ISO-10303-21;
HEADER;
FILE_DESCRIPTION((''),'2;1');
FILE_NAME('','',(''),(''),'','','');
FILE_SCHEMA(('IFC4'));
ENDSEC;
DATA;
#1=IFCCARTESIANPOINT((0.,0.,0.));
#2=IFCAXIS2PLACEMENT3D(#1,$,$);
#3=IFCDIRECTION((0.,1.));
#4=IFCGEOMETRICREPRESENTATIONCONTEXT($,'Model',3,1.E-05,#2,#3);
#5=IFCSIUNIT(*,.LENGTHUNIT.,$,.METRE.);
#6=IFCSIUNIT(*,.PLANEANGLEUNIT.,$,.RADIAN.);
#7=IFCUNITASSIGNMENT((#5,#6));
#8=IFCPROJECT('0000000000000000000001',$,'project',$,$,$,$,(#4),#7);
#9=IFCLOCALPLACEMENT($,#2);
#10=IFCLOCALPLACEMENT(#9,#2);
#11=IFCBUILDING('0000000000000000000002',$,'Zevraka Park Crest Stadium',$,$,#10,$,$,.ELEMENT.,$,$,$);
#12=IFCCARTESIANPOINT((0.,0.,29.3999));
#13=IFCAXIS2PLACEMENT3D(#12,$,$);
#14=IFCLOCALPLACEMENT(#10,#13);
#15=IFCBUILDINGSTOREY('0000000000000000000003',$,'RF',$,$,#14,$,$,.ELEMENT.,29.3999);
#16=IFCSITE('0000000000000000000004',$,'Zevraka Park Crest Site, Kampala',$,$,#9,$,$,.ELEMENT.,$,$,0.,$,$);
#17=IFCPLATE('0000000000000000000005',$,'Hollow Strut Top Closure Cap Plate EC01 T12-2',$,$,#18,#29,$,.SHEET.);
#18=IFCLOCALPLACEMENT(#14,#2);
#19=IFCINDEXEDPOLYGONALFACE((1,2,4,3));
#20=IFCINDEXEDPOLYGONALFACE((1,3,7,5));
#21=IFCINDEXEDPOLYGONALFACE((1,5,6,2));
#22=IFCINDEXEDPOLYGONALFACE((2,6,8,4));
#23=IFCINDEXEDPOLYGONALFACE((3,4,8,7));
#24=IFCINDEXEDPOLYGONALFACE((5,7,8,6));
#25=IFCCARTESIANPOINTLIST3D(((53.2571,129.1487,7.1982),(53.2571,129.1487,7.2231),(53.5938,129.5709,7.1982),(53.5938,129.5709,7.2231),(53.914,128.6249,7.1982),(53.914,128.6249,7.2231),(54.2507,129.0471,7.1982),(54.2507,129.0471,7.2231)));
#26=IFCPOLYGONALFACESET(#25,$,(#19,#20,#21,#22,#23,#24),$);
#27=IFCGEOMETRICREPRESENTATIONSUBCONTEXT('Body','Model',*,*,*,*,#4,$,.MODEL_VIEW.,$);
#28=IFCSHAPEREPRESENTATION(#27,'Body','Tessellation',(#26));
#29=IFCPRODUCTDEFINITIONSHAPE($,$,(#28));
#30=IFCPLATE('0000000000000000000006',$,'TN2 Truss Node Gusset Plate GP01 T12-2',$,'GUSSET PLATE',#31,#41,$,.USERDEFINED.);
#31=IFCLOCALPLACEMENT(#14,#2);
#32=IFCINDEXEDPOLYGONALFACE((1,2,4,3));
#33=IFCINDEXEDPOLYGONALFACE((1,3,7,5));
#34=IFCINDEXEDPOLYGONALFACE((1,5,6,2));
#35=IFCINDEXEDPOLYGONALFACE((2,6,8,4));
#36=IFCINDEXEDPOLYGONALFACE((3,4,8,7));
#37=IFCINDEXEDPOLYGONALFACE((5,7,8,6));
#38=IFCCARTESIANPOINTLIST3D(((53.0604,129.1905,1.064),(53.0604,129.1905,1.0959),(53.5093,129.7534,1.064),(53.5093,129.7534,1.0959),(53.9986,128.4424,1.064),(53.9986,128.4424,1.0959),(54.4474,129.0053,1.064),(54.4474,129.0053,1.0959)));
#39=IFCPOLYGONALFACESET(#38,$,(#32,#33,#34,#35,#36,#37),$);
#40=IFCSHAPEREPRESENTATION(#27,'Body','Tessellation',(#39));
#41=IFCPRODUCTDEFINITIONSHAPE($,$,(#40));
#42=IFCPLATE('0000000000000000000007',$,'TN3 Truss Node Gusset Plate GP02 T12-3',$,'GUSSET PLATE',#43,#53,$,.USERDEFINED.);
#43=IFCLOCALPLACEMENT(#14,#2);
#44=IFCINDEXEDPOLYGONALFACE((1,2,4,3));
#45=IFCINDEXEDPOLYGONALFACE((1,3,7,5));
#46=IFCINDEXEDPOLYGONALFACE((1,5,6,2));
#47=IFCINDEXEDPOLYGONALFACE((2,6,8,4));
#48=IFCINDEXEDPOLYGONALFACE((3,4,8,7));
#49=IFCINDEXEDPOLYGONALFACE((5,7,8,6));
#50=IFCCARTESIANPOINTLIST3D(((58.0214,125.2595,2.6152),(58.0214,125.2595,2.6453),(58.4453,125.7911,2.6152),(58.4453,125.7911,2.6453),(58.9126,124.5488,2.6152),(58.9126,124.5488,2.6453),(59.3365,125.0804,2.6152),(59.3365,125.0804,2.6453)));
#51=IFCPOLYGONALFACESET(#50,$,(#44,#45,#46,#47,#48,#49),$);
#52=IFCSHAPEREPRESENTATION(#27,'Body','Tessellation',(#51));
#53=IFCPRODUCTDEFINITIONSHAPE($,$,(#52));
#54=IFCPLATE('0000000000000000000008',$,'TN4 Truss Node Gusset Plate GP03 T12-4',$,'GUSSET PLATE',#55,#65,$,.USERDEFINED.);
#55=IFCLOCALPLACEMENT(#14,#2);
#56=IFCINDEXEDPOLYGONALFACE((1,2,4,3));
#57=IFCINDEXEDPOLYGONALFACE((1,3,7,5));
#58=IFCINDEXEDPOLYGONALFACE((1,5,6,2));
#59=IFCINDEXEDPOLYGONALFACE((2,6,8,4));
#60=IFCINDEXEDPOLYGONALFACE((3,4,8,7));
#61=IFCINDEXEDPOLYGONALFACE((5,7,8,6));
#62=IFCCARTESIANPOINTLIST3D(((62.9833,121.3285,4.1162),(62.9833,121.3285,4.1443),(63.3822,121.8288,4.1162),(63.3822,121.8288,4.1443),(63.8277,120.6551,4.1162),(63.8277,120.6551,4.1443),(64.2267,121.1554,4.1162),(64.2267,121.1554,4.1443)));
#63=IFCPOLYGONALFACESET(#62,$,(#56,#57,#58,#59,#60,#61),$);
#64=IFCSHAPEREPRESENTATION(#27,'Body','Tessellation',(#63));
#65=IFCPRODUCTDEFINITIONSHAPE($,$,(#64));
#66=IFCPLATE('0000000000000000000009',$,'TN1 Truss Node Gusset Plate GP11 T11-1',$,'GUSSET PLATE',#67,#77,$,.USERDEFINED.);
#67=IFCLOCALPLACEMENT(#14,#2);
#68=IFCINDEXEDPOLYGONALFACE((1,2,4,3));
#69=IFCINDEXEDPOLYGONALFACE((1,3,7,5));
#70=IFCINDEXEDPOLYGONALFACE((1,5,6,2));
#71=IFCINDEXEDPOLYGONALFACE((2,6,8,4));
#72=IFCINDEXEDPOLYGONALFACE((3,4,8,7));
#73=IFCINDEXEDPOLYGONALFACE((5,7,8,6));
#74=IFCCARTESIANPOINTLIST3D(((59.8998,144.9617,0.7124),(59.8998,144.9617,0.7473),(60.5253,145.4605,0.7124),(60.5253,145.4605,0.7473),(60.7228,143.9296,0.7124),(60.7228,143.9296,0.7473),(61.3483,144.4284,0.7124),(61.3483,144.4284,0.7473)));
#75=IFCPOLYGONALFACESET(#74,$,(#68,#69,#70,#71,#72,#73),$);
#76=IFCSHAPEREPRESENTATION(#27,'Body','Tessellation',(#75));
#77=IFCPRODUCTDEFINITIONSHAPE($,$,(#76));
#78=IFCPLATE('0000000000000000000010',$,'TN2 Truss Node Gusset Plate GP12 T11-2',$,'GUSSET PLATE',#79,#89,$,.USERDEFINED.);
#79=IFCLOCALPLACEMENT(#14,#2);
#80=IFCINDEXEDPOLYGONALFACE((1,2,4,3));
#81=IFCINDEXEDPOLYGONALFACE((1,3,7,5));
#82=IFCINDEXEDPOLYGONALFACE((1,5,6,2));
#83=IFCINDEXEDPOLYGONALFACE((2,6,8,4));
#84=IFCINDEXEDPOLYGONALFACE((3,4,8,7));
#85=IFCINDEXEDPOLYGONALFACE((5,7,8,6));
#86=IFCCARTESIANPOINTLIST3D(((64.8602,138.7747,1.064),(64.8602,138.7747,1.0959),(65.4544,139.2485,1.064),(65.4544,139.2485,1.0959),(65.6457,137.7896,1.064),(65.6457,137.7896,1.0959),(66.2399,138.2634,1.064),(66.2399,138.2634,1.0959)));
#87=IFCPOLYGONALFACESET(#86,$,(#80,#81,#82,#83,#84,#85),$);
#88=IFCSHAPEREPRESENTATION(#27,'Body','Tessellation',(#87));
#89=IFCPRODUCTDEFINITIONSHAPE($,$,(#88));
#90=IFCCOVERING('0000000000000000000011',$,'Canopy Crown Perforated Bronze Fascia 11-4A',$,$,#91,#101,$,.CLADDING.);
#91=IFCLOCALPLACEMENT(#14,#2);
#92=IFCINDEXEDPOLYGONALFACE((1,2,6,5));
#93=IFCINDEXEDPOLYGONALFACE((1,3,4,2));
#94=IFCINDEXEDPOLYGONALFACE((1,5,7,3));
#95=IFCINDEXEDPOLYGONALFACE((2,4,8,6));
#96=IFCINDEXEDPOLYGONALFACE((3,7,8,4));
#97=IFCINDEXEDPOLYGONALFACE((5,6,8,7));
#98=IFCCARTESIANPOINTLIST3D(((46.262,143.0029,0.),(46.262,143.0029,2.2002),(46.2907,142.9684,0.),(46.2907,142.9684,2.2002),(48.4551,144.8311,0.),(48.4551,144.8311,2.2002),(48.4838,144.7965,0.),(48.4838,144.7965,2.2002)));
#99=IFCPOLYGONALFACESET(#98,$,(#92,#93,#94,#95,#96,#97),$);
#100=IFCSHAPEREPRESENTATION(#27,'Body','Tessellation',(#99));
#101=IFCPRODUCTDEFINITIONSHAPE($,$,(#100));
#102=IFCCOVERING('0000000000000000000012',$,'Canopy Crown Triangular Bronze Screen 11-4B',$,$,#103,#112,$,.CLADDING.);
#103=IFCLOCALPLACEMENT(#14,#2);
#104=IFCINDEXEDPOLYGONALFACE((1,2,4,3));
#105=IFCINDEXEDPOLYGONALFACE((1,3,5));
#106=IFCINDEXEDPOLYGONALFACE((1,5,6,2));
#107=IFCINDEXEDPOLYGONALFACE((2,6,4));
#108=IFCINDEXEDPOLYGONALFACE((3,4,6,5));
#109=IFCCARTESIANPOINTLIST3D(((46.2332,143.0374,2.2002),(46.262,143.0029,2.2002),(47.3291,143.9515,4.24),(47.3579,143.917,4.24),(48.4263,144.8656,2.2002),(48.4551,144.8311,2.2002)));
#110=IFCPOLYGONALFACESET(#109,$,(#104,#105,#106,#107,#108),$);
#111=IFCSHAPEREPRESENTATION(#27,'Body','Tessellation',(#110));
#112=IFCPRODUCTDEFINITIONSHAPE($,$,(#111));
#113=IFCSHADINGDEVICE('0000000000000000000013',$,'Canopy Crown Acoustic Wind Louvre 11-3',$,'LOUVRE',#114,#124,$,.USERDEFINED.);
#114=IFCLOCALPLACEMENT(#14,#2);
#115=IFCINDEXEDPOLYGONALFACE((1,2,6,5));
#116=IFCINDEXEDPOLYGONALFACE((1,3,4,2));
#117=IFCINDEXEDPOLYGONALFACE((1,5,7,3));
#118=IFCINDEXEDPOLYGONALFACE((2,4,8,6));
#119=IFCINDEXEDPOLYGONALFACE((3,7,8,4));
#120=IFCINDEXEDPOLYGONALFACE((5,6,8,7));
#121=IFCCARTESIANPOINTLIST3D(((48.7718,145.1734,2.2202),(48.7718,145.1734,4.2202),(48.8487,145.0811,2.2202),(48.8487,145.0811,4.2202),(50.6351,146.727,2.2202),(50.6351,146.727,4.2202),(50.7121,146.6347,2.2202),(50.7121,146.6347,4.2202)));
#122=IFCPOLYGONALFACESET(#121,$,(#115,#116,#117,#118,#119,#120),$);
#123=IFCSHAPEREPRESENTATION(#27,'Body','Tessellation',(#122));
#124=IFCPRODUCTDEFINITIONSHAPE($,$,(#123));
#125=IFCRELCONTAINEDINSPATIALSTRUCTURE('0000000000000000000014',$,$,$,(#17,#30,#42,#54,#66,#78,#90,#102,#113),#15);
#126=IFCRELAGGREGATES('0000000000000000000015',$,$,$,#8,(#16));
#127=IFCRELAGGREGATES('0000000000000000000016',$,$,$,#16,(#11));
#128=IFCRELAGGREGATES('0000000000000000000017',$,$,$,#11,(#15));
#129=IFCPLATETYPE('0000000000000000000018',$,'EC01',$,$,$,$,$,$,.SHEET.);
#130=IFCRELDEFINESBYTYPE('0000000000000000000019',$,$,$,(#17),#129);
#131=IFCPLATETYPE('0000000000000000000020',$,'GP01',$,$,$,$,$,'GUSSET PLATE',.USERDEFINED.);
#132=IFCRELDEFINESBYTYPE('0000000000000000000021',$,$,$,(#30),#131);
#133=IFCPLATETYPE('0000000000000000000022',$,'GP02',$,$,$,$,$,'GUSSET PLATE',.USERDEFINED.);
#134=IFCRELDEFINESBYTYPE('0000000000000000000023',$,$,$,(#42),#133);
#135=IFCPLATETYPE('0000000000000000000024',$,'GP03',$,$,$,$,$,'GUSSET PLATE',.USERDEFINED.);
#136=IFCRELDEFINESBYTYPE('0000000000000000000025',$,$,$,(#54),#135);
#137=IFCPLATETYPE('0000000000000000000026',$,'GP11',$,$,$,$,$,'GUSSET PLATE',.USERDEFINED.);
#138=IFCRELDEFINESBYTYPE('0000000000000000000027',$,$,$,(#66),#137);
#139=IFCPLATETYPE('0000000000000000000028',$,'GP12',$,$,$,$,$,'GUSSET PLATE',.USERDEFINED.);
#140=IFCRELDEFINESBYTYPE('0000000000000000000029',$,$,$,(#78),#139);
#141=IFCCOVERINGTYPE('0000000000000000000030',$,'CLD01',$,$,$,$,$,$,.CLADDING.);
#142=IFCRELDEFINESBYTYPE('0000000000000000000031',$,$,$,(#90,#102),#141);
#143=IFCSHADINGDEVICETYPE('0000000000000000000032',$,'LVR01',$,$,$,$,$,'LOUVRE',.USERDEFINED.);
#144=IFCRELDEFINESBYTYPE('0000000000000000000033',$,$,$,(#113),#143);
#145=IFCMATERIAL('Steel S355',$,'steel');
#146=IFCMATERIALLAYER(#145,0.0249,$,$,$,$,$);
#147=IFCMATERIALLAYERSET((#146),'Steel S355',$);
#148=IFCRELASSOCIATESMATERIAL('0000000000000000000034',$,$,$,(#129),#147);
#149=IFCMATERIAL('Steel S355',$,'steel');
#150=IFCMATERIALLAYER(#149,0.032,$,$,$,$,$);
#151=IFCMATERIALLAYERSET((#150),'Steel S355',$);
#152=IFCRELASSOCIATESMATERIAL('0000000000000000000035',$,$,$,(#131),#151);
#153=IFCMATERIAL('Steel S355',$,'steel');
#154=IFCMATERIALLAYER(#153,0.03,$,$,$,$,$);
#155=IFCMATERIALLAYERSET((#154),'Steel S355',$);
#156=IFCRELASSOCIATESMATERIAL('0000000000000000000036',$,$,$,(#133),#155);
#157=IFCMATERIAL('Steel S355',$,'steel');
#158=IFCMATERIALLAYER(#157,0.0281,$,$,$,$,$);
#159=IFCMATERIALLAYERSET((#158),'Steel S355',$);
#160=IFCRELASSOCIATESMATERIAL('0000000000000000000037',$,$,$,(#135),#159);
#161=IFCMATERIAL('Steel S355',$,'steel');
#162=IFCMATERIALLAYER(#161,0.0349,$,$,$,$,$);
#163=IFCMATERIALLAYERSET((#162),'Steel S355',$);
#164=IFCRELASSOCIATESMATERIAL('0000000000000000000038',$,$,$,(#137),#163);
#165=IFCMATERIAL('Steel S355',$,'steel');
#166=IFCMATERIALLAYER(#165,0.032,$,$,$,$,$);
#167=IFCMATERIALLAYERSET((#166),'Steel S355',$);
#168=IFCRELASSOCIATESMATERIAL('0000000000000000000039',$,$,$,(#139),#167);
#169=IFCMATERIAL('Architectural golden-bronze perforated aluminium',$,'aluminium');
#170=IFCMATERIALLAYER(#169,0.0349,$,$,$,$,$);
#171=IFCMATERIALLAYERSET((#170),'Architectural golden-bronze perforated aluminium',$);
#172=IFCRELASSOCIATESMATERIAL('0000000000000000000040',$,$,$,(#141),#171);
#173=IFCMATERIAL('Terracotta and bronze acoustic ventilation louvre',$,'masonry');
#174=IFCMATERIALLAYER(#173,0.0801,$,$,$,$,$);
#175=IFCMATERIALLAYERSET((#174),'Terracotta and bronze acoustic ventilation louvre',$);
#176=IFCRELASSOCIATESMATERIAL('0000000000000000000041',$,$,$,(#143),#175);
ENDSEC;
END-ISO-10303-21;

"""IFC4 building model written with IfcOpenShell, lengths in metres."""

from ifc_helpers import new_model, si_unit, direction, frame, origin, origin_2d, place, context, subcontext, project, spatial, polyline, rectangle, outline, extrude, material, layer, layer_set, type_object, element, save


model = new_model("IFC4")

# Units and contexts
model_context = context("Model", 3, precision=1e-05, world=origin(), true_north=direction((0.0, 1.0)))
body_context = subcontext(model_context, "Body", "Model", "MODEL_VIEW")
ifc_project = project(units=[si_unit("LENGTHUNIT", "METRE"), si_unit("PLANEANGLEUNIT", "RADIAN")], contexts=[model_context])

# Site, building, storey
site_placement = place(None, origin())
site = spatial("IfcSite", under=ifc_project, at=site_placement, Name="Zevraka Park Crest Site, Kampala", CompositionType="ELEMENT", RefElevation=0.0)
building_placement = place(site_placement, origin())
building = spatial("IfcBuilding", under=site, at=building_placement, Name="Zevraka Park Crest Stadium", CompositionType="ELEMENT")
storey_placement = place(building_placement, frame((0.0, 0.0, 29.3999)))
storey = spatial("IfcBuildingStorey", under=building, at=storey_placement, Name="RF", CompositionType="ELEMENT", Elevation=29.3999)

# Plates
ifc_material_1 = material(Name="Steel S355", Category="steel")
ifc_layer_1 = layer(ifc_material_1, 0.0249)
ifc_layer_set_1 = layer_set([ifc_layer_1], Name="Steel S355")
plate_type_1 = type_object("IfcPlateType", Name="EC01", PredefinedType="SHEET", material=ifc_layer_set_1)
for number, where, z_axis, x_axis, name in (
    (1, (53.7539, 129.0979, 7.1982), (0.0, 0.0, 1.0), (-0.781847, 0.62347, 0.0), "Hollow Strut Top Closure Cap Plate EC01 T12-2"),
):
    element("IfcPlate", number, at=place(storey_placement, frame(where, z_axis=z_axis, x_axis=x_axis)), inside=storey, type_object=plate_type_1, Name=name, PredefinedType="SHEET", context=body_context, shape_type="SweptSolid", body=[
        extrude(rectangle(XDim=0.8401, YDim=0.54, at=origin_2d()), origin(), (0.0, 0.0, 1.0), 0.0249),
    ])
ifc_material_2 = material(Name="Steel S355", Category="steel")
ifc_layer_2 = layer(ifc_material_2, 0.032)
ifc_layer_set_2 = layer_set([ifc_layer_2], Name="Steel S355")
plate_type_2 = type_object("IfcPlateType", Name="GP01", ElementType="GUSSET PLATE", PredefinedType="USERDEFINED", material=ifc_layer_set_2)
plate_1_placement = place(storey_placement, frame((53.7539, 129.0979, 1.064), z_axis=(0.0, 0.0, 1.0), x_axis=(-0.781847, 0.62347, 0.0)))
element("IfcPlate", 2, at=plate_1_placement, inside=storey, type_object=plate_type_2, Name="TN2 Truss Node Gusset Plate GP01 T12-2", ObjectType="GUSSET PLATE", PredefinedType="USERDEFINED", context=body_context, shape_type="SweptSolid", body=[
    extrude(rectangle(XDim=1.2, YDim=0.72, at=origin_2d()), origin(), (0.0, 0.0, 1.0), 0.032),
])
ifc_material_3 = material(Name="Steel S355", Category="steel")
ifc_layer_3 = layer(ifc_material_3, 0.03)
ifc_layer_set_3 = layer_set([ifc_layer_3], Name="Steel S355")
plate_type_3 = type_object("IfcPlateType", Name="GP02", ElementType="GUSSET PLATE", PredefinedType="USERDEFINED", material=ifc_layer_set_3)
plate_2_placement = place(storey_placement, frame((58.679, 125.1699, 2.6152), z_axis=(0.0, 0.0, 1.0), x_axis=(-0.781847, 0.62347, 0.0)))
element("IfcPlate", 3, at=plate_2_placement, inside=storey, type_object=plate_type_3, Name="TN3 Truss Node Gusset Plate GP02 T12-3", ObjectType="GUSSET PLATE", PredefinedType="USERDEFINED", context=body_context, shape_type="SweptSolid", body=[
    extrude(rectangle(XDim=1.1399, YDim=0.6799, at=origin_2d()), origin(), (0.0, 0.0, 1.0), 0.03),
])
ifc_material_4 = material(Name="Steel S355", Category="steel")
ifc_layer_4 = layer(ifc_material_4, 0.0281)
ifc_layer_set_4 = layer_set([ifc_layer_4], Name="Steel S355")
plate_type_4 = type_object("IfcPlateType", Name="GP03", ElementType="GUSSET PLATE", PredefinedType="USERDEFINED", material=ifc_layer_set_4)
plate_3_placement = place(storey_placement, frame((63.605, 121.2419, 4.1162), z_axis=(0.0, 0.0, 1.0), x_axis=(-0.781847, 0.62347, 0.0)))
element("IfcPlate", 4, at=plate_3_placement, inside=storey, type_object=plate_type_4, Name="TN4 Truss Node Gusset Plate GP03 T12-4", ObjectType="GUSSET PLATE", PredefinedType="USERDEFINED", context=body_context, shape_type="SweptSolid", body=[
    extrude(rectangle(XDim=1.0801, YDim=0.6399, at=origin_2d()), origin(), (0.0, 0.0, 1.0), 0.0281),
])
ifc_material_5 = material(Name="Steel S355", Category="steel")
ifc_layer_5 = layer(ifc_material_5, 0.0349)
ifc_layer_set_5 = layer_set([ifc_layer_5], Name="Steel S355")
plate_type_5 = type_object("IfcPlateType", Name="GP11", ElementType="GUSSET PLATE", PredefinedType="USERDEFINED", material=ifc_layer_set_5)
plate_4_placement = place(storey_placement, frame((60.624, 144.6951, 0.7124), z_axis=(0.0, 0.0, 1.0), x_axis=(-0.62347, 0.781847, 0.0)))
element("IfcPlate", 5, at=plate_4_placement, inside=storey, type_object=plate_type_5, Name="TN1 Truss Node Gusset Plate GP11 T11-1", ObjectType="GUSSET PLATE", PredefinedType="USERDEFINED", context=body_context, shape_type="SweptSolid", body=[
    extrude(rectangle(XDim=1.3201, YDim=0.8, at=origin_2d()), origin(), (0.0, 0.0, 1.0), 0.0349),
])
ifc_material_6 = material(Name="Steel S355", Category="steel")
ifc_layer_6 = layer(ifc_material_6, 0.032)
ifc_layer_set_6 = layer_set([ifc_layer_6], Name="Steel S355")
plate_type_6 = type_object("IfcPlateType", Name="GP12", ElementType="GUSSET PLATE", PredefinedType="USERDEFINED", material=ifc_layer_set_6)
plate_5_placement = place(storey_placement, frame((65.55, 138.519, 1.064), z_axis=(0.0, 0.0, 1.0), x_axis=(-0.62347, 0.781847, 0.0)))
element("IfcPlate", 6, at=plate_5_placement, inside=storey, type_object=plate_type_6, Name="TN2 Truss Node Gusset Plate GP12 T11-2", ObjectType="GUSSET PLATE", PredefinedType="USERDEFINED", context=body_context, shape_type="SweptSolid", body=[
    extrude(rectangle(XDim=1.26, YDim=0.76, at=origin_2d()), origin(), (0.0, 0.0, 1.0), 0.032),
])

# Coverings
ifc_material_7 = material(Name="Architectural golden-bronze perforated aluminium", Category="aluminium")
ifc_layer_7 = layer(ifc_material_7, 0.0349)
ifc_layer_set_7 = layer_set([ifc_layer_7], Name="Architectural golden-bronze perforated aluminium")
covering_type = type_object("IfcCoveringType", Name="CLD01", PredefinedType="CLADDING", material=ifc_layer_set_7)
covering_1_placement = place(storey_placement, frame((48.4551, 144.8311, 0.0), z_axis=(-0.640294, 0.76813, 0.0), x_axis=(-0.76813, -0.640294, 0.0)))
element("IfcCovering", 7, at=covering_1_placement, inside=storey, type_object=covering_type, Name="Canopy Crown Perforated Bronze Fascia 11-4A", PredefinedType="CLADDING", context=body_context, shape_type="SweptSolid", body=[
    extrude(outline(polyline([(0.0, 0.0), (2.8551, 0.0), (2.8551, 2.2002), (0.0, 2.2002), (0.0, 0.0)])), origin(), (0.0, 0.0, -1.0), 0.0449),
])
covering_2_placement = place(storey_placement, frame((48.4551, 144.8311, 2.2002), z_axis=(0.640294, -0.76813, 0.000192), x_axis=(-0.76813, -0.640294, 0.0)))
element("IfcCovering", 8, at=covering_2_placement, inside=storey, type_object=covering_type, Name="Canopy Crown Triangular Bronze Screen 11-4B", PredefinedType="CLADDING", context=body_context, shape_type="SweptSolid", body=[
    extrude(outline(polyline([(0.0, 0.0), (2.8551, 0.0), (1.428, -2.0398), (0.0, 0.0)])), origin(), (0.0, 0.0, -1.0), 0.0449),
])

# Shading device
ifc_material_8 = material(Name="Terracotta and bronze acoustic ventilation louvre", Category="masonry")
ifc_layer_8 = layer(ifc_material_8, 0.0801)
ifc_layer_set_8 = layer_set([ifc_layer_8], Name="Terracotta and bronze acoustic ventilation louvre")
shading_device_type = type_object("IfcShadingDeviceType", Name="LVR01", ElementType="LOUVRE", PredefinedType="USERDEFINED", material=ifc_layer_set_8)
shading_device_placement = place(storey_placement, frame((49.7419, 145.9041, 2.2202), z_axis=(0.0, 0.0, 1.0), x_axis=(-0.76806, -0.640378, 0.0)))
element("IfcShadingDevice", 9, at=shading_device_placement, inside=storey, type_object=shading_device_type, Name="Canopy Crown Acoustic Wind Louvre 11-3", ObjectType="LOUVRE", PredefinedType="USERDEFINED", context=body_context, shape_type="SweptSolid", body=[
    extrude(rectangle(XDim=2.426, YDim=0.1201, at=origin_2d()), origin(), (0.0, 0.0, 1.0), 2.0),
])

save(model, "model.ifc")
